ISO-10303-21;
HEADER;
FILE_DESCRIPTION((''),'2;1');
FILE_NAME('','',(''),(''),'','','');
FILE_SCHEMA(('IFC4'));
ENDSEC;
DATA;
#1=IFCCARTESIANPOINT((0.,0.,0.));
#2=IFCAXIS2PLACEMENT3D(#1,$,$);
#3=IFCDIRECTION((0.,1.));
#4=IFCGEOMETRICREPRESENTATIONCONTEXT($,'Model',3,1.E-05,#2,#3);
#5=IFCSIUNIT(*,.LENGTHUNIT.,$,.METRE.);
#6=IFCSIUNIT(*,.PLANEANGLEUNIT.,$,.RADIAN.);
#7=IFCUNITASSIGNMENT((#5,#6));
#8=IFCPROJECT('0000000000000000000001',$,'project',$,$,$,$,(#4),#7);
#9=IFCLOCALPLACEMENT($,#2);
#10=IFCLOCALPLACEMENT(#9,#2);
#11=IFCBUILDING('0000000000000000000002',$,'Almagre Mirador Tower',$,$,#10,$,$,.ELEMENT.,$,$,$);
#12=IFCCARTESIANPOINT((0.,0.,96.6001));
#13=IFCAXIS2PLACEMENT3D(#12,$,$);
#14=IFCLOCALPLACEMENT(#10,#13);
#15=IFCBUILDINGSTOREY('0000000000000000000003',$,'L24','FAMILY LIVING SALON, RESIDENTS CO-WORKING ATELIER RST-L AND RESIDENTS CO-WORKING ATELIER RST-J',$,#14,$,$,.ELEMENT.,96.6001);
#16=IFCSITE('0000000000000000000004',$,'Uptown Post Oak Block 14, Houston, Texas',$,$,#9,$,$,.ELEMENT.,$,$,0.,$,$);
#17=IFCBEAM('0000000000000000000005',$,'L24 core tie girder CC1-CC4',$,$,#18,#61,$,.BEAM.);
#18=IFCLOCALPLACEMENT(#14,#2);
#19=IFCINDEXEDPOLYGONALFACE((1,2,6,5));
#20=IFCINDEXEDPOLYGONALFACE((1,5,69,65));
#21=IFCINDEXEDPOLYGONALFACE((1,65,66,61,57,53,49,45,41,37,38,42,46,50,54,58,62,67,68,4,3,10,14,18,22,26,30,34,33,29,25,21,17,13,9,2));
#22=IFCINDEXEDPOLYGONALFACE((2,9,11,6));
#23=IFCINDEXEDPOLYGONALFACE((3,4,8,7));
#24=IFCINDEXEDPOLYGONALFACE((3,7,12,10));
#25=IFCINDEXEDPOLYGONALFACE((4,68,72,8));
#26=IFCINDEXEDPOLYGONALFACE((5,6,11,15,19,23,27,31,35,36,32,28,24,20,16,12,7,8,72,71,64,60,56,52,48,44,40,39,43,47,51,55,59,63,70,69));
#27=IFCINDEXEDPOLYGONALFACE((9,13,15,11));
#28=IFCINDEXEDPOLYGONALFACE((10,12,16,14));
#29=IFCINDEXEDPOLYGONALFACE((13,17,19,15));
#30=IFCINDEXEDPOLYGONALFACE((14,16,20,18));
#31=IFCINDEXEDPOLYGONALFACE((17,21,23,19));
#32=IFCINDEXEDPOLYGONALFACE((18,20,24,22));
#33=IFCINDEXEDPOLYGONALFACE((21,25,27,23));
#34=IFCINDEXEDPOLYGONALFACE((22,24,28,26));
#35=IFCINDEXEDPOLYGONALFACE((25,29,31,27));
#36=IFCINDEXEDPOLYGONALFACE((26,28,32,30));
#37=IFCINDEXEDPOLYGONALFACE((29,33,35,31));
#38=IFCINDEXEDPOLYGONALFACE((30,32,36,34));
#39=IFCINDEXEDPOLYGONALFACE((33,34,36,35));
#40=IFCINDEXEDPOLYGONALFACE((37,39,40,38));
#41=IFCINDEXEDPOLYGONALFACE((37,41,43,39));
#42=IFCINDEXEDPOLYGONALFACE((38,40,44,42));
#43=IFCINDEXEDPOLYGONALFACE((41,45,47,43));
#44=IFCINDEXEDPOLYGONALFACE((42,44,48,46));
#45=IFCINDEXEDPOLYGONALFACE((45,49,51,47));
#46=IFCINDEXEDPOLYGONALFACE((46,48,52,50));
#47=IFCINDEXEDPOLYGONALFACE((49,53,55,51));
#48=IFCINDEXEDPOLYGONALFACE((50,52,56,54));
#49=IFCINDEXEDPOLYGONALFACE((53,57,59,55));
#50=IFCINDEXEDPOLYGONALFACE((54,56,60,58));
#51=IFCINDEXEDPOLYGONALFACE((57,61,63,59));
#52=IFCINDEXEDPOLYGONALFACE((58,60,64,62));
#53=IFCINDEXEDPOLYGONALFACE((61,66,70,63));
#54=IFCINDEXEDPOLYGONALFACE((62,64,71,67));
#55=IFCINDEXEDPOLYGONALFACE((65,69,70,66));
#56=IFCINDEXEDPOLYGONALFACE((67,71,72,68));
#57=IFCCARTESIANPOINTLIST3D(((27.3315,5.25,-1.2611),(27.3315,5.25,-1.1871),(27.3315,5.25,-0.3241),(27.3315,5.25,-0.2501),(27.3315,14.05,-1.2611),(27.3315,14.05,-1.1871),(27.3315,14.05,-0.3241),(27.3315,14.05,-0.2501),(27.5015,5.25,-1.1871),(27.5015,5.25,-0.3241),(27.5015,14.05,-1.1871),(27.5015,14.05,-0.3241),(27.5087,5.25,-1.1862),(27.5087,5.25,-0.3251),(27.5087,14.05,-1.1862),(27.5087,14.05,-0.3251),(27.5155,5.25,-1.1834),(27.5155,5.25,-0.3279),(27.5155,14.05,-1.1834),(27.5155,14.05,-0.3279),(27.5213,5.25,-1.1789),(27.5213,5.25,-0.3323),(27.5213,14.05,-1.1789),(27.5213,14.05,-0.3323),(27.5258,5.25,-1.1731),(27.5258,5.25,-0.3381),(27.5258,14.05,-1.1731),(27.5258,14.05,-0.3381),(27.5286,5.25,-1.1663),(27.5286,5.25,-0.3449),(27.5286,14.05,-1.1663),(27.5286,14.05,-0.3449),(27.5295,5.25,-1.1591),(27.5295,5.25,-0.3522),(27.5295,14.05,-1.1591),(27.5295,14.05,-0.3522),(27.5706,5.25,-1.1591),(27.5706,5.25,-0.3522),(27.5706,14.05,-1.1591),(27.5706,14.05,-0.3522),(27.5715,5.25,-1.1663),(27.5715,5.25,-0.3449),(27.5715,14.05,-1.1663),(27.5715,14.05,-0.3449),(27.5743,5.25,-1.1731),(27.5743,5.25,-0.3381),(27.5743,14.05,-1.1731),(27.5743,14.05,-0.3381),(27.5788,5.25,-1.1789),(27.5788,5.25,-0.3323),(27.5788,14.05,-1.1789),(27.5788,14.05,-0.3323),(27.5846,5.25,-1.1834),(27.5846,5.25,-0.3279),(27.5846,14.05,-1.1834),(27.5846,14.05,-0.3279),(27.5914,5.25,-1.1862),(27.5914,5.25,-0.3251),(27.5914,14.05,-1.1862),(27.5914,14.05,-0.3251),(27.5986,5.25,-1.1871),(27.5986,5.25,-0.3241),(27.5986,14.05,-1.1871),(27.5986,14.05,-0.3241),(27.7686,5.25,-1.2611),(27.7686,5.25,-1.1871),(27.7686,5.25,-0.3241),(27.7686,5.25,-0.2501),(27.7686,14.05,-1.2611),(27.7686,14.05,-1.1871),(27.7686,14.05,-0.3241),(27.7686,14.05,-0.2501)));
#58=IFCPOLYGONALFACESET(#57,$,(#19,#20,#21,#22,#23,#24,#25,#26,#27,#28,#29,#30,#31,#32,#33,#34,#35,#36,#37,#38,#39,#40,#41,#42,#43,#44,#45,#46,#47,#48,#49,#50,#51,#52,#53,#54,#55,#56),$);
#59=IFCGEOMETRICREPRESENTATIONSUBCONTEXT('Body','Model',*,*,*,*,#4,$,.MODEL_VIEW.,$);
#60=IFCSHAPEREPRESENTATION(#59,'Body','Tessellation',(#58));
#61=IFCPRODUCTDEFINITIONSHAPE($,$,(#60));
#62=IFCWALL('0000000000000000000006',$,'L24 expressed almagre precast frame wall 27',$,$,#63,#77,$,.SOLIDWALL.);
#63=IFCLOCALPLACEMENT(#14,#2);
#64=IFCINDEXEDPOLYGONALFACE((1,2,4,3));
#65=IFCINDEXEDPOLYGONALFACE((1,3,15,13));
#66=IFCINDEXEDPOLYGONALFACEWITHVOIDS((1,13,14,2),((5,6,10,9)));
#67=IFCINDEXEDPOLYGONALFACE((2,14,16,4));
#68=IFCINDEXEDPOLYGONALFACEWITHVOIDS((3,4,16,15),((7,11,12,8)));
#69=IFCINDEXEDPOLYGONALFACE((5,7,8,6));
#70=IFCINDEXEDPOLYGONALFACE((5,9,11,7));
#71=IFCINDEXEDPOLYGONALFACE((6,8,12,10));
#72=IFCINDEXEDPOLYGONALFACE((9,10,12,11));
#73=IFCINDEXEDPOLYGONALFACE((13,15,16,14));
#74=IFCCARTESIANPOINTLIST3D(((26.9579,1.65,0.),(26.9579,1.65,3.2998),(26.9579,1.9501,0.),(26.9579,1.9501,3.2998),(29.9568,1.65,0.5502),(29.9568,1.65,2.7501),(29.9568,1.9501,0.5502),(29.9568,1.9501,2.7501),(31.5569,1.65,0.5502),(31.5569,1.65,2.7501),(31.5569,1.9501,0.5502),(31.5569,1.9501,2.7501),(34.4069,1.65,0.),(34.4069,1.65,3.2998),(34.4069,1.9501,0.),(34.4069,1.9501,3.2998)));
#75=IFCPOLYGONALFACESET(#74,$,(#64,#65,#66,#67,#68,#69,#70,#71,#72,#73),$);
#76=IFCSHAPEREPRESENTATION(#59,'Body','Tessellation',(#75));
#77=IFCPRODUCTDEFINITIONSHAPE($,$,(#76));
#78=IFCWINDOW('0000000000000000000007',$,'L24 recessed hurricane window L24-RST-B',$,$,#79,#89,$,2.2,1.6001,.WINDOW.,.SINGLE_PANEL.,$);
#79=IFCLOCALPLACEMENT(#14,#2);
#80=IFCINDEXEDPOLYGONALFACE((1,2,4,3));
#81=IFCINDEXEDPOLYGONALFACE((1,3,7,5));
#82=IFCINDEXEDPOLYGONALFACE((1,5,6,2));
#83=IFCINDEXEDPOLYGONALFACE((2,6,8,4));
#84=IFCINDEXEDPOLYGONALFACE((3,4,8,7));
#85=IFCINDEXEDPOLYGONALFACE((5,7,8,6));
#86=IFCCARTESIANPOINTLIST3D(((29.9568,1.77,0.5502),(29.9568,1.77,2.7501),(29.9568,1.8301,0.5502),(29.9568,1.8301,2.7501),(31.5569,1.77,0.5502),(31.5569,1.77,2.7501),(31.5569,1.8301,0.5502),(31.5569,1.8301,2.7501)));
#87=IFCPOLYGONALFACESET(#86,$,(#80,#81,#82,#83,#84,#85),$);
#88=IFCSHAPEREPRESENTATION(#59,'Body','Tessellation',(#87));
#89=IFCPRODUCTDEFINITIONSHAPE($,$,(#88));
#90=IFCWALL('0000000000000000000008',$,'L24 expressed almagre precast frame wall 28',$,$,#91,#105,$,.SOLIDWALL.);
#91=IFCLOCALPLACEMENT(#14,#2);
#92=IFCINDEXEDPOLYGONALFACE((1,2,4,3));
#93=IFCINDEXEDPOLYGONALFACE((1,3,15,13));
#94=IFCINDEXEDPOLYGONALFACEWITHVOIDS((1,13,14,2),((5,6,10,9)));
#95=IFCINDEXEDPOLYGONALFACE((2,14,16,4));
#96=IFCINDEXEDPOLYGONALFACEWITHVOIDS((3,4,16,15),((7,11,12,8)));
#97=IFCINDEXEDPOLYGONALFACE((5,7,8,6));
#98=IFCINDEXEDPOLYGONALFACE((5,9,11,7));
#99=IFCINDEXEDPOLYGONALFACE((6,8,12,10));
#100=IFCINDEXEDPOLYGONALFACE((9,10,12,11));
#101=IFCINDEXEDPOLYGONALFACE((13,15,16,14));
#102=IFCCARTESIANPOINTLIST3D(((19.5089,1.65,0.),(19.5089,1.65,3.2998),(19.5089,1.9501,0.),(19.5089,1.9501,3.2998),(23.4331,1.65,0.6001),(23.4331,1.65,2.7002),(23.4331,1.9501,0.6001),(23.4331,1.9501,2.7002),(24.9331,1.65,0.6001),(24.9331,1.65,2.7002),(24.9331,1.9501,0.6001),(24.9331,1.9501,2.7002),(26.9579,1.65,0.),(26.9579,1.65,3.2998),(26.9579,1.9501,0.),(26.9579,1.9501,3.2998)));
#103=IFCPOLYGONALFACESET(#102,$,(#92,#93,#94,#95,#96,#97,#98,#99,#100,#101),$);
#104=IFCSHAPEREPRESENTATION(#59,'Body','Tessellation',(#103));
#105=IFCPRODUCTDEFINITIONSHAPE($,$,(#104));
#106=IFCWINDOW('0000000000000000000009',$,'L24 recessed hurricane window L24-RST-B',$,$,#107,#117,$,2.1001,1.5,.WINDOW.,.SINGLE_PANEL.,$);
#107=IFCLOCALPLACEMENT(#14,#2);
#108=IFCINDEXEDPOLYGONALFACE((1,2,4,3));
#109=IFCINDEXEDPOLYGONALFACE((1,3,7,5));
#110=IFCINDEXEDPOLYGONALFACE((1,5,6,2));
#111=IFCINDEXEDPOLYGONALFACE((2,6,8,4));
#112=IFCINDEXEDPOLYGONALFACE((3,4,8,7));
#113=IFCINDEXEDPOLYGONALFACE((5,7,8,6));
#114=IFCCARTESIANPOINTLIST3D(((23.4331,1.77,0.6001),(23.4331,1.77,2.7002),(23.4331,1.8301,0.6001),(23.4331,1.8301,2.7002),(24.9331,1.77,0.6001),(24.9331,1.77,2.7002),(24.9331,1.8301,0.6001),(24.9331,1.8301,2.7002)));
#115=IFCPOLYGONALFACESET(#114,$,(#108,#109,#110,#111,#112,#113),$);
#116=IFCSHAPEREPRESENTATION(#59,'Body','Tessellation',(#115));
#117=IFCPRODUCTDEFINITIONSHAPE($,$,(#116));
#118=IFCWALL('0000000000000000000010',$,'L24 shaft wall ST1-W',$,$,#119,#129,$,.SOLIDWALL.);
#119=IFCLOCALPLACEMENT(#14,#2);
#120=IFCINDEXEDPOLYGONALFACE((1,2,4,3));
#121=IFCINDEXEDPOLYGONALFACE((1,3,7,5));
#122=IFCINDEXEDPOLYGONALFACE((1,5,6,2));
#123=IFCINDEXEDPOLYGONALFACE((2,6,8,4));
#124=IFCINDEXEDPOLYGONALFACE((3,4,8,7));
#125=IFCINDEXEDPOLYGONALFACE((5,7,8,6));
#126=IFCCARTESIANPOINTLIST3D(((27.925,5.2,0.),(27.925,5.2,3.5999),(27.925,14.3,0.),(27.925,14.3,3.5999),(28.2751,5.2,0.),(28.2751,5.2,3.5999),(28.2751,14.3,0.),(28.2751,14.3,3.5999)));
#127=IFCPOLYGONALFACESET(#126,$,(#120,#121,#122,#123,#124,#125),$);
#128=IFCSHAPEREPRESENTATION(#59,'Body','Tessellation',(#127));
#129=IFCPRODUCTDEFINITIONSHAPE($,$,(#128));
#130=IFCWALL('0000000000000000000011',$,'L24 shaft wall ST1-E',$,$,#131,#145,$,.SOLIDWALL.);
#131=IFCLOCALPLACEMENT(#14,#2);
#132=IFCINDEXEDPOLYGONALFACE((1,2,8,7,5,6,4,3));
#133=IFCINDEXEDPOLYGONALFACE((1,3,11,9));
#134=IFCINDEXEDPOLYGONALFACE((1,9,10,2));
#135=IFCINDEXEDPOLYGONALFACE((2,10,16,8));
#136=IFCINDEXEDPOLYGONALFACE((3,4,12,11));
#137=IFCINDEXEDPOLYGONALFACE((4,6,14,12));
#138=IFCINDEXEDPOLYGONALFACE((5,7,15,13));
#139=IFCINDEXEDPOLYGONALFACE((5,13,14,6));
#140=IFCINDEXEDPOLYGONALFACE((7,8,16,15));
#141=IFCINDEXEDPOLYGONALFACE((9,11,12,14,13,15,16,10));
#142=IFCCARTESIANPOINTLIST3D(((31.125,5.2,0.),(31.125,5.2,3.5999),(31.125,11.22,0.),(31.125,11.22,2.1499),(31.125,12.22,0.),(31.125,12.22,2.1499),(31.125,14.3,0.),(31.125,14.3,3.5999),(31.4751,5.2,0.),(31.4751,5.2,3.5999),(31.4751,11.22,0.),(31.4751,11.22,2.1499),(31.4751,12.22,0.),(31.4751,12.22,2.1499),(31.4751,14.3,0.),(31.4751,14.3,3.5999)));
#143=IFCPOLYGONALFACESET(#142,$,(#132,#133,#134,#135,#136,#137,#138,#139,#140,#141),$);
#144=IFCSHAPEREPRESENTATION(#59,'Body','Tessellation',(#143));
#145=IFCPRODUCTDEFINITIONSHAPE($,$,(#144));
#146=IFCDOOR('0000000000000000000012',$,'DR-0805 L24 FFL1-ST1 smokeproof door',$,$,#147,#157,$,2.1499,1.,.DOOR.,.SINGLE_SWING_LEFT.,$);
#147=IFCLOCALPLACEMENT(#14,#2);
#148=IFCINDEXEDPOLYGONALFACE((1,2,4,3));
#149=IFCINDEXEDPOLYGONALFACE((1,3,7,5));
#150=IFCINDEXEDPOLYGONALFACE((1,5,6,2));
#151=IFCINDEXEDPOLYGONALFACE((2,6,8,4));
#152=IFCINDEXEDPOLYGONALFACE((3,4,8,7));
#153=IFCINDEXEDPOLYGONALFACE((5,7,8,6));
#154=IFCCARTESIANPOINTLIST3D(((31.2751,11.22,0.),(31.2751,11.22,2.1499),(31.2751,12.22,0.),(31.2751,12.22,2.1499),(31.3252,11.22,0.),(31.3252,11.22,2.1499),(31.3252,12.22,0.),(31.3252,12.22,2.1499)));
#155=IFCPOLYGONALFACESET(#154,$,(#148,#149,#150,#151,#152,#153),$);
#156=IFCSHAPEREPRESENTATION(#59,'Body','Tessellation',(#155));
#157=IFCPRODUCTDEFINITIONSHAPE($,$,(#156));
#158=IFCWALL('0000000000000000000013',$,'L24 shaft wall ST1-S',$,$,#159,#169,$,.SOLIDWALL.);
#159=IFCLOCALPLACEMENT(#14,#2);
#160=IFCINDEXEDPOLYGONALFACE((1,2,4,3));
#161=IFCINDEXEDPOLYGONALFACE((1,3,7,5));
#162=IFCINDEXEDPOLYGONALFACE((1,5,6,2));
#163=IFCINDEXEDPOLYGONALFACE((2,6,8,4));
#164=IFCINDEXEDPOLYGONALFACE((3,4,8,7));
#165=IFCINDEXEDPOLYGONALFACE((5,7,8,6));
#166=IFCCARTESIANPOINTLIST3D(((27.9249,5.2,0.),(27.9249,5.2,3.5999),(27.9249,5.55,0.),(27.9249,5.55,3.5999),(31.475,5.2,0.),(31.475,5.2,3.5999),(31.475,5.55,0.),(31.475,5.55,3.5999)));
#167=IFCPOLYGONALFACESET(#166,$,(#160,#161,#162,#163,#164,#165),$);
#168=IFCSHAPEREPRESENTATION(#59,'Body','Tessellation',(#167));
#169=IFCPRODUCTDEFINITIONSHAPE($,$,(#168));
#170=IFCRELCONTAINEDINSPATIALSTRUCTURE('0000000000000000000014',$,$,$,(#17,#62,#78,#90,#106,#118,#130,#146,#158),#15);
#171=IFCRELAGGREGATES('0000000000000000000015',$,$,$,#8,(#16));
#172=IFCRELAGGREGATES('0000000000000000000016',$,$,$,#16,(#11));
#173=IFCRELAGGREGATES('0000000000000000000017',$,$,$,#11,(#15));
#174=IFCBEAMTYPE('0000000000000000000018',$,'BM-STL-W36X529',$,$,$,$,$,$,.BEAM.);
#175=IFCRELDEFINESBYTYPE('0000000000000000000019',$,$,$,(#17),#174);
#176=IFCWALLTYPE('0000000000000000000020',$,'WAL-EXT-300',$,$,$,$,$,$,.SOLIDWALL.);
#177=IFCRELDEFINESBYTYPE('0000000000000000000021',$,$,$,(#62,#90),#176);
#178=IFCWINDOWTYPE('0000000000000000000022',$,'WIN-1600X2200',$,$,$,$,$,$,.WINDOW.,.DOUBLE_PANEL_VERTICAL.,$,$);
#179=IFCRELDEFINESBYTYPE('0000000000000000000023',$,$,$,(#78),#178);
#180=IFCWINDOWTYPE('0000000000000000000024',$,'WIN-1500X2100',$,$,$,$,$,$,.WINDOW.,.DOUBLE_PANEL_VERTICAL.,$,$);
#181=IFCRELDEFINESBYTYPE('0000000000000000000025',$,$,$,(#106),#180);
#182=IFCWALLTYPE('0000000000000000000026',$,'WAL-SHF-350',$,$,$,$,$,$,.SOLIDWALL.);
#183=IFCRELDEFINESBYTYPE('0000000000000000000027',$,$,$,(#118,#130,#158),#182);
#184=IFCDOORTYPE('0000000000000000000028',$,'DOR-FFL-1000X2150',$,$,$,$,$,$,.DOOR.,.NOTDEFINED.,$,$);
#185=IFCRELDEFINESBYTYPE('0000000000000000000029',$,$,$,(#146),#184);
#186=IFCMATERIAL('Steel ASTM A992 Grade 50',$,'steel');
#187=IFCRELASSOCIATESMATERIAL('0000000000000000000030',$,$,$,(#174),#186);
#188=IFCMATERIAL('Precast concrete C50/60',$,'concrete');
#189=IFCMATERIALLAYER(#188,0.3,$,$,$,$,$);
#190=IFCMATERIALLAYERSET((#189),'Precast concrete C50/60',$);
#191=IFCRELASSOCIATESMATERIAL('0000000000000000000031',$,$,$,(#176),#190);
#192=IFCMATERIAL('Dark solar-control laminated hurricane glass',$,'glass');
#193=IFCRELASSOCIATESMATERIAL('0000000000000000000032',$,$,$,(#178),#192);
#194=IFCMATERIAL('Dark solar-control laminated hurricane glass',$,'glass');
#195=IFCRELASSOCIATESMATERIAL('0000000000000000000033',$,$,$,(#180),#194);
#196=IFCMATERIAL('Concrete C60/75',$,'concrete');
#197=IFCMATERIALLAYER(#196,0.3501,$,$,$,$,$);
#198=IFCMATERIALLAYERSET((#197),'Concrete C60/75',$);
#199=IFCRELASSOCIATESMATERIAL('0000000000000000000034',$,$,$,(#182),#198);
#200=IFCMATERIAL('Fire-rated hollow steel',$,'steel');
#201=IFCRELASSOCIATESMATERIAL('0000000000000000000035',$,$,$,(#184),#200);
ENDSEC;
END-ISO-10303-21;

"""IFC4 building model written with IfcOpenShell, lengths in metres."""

from ifc_helpers import new_model, si_unit, direction, frame, frame_2d, origin, origin_2d, place, context, subcontext, project, spatial, rectangle, i_section, extrude, material, layer, layer_set, material_profile, profile_set, type_object, element, fill, save


model = new_model("IFC4")

# Units and contexts
model_context = context("Model", 3, precision=1e-05, world=origin(), true_north=direction((0.0, 1.0)))
body_context = subcontext(model_context, "Body", "Model", "MODEL_VIEW")
ifc_project = project(units=[si_unit("LENGTHUNIT", "METRE"), si_unit("PLANEANGLEUNIT", "RADIAN")], contexts=[model_context])

# Site, building, storey
site_placement = place(None, origin())
site = spatial("IfcSite", under=ifc_project, at=site_placement, Name="Uptown Post Oak Block 14, Houston, Texas", CompositionType="ELEMENT", RefElevation=0.0)
building_placement = place(site_placement, origin())
building = spatial("IfcBuilding", under=site, at=building_placement, Name="Almagre Mirador Tower", CompositionType="ELEMENT")
storey_placement = place(building_placement, frame((0.0, 0.0, 96.6001)))
storey = spatial("IfcBuildingStorey", under=building, at=storey_placement, Name="L24", Description="FAMILY LIVING SALON, RESIDENTS CO-WORKING ATELIER RST-L AND RESIDENTS CO-WORKING ATELIER RST-J", CompositionType="ELEMENT", Elevation=96.6001)

# Beam
ifc_material_1 = material(Name="Steel ASTM A992 Grade 50", Category="steel")
ifc_material_profile_1 = material_profile(ifc_material_1, i_section(OverallWidth=0.437, OverallDepth=1.011, WebThickness=0.041, FlangeThickness=0.074, FilletRadius=0.0281, at=origin_2d()), Name="W36X529")
ifc_profile_set_1 = profile_set([ifc_material_profile_1], Name="Steel ASTM A992 Grade 50")
beam_type_1 = type_object("IfcBeamType", Name="BM-STL-W36X529", PredefinedType="BEAM", material=ifc_profile_set_1)
beam_1_placement = place(storey_placement, frame((27.55, 5.25, -0.7556), z_axis=(0.0, 1.0, 0.0), x_axis=(-1.0, 0.0, 0.0)))
element("IfcBeam", 1, at=beam_1_placement, inside=storey, type_object=beam_type_1, Name="L24 core tie girder CC1-CC4", PredefinedType="BEAM", context=body_context, shape_type="SweptSolid", body=[
    extrude(i_section(OverallWidth=0.437, OverallDepth=1.011, WebThickness=0.041, FlangeThickness=0.074, FilletRadius=0.0281, at=origin_2d()), origin(), (0.0, 0.0, 1.0), 8.8),
])

# Walls, openings, windows
ifc_material_2 = material(Name="Precast concrete C50/60", Category="concrete")
ifc_layer_1 = layer(ifc_material_2, 0.3)
ifc_layer_set_1 = layer_set([ifc_layer_1], Name="Precast concrete C50/60")
wall_type_1 = type_object("IfcWallType", Name="WAL-EXT-300", PredefinedType="SOLIDWALL", material=ifc_layer_set_1)
wall_1_placement = place(storey_placement, frame((34.407, 1.8, 0.0), z_axis=(0.0, 0.0, 1.0), x_axis=(-1.0, 0.0, 0.0)))
wall_1 = element("IfcWall", 2, at=wall_1_placement, inside=storey, type_object=wall_type_1, Name="L24 expressed almagre precast frame wall 27", PredefinedType="SOLIDWALL", context=body_context, shape_type="SweptSolid", body=[
    extrude(rectangle(XDim=7.449, YDim=0.3, at=frame_2d((3.7246, 0.0))), origin(), (0.0, 0.0, 1.0), 3.2998),
])
opening_1_placement = place(wall_1_placement, frame((2.8501, 0.0, 0.55)))
opening_1 = element("IfcOpeningElement", 3, at=opening_1_placement, cuts=wall_1, PredefinedType="OPENING", context=body_context, shape_type="SweptSolid", body=[
    extrude(rectangle(XDim=1.6001, YDim=2.2, at=frame_2d((0.8, 1.1001))), frame((0.0, 0.1599, 0.0), z_axis=(0.0, -1.0, 0.0), x_axis=(1.0, 0.0, 0.0)), (0.0, 0.0, 1.0), 0.32),
])
ifc_material_3 = material(Name="Dark solar-control laminated hurricane glass", Category="glass")
window_type_1 = type_object("IfcWindowType", Name="WIN-1600X2200", PartitioningType="DOUBLE_PANEL_VERTICAL", PredefinedType="WINDOW", material=ifc_material_3)
window_1_placement = place(opening_1_placement, origin())
window_1 = element("IfcWindow", 4, at=window_1_placement, inside=storey, type_object=window_type_1, Name="L24 recessed hurricane window L24-RST-B", OverallHeight=2.2, OverallWidth=1.6001, PartitioningType="SINGLE_PANEL", PredefinedType="WINDOW", context=body_context, shape_type="SweptSolid", body=[
    extrude(rectangle(XDim=1.6001, YDim=2.2, at=frame_2d((0.8, 1.1001))), frame((0.0, 0.03, 0.0), z_axis=(0.0, -1.0, 0.0), x_axis=(1.0, 0.0, 0.0)), (0.0, 0.0, 1.0), 0.0601),
])
fill(opening_1, window_1)
wall_2_placement = place(storey_placement, frame((26.958, 1.8, 0.0), z_axis=(0.0, 0.0, 1.0), x_axis=(-1.0, 0.0, 0.0)))
wall_2 = element("IfcWall", 5, at=wall_2_placement, inside=storey, type_object=wall_type_1, Name="L24 expressed almagre precast frame wall 28", PredefinedType="SOLIDWALL", context=body_context, shape_type="SweptSolid", body=[
    extrude(rectangle(XDim=7.449, YDim=0.3, at=frame_2d((3.7246, 0.0))), origin(), (0.0, 0.0, 1.0), 3.2998),
])
opening_2_placement = place(wall_2_placement, frame((2.0249, 0.0, 0.6001)))
opening_2 = element("IfcOpeningElement", 6, at=opening_2_placement, cuts=wall_2, PredefinedType="OPENING", context=body_context, shape_type="SweptSolid", body=[
    extrude(rectangle(XDim=1.5, YDim=2.1001, at=frame_2d((0.75, 1.05))), frame((0.0, 0.1599, 0.0), z_axis=(0.0, -1.0, 0.0), x_axis=(1.0, 0.0, 0.0)), (0.0, 0.0, 1.0), 0.32),
])
ifc_material_4 = material(Name="Dark solar-control laminated hurricane glass", Category="glass")
window_type_2 = type_object("IfcWindowType", Name="WIN-1500X2100", PartitioningType="DOUBLE_PANEL_VERTICAL", PredefinedType="WINDOW", material=ifc_material_4)
window_2_placement = place(opening_2_placement, origin())
window_2 = element("IfcWindow", 7, at=window_2_placement, inside=storey, type_object=window_type_2, Name="L24 recessed hurricane window L24-RST-B", OverallHeight=2.1001, OverallWidth=1.5, PartitioningType="SINGLE_PANEL", PredefinedType="WINDOW", context=body_context, shape_type="SweptSolid", body=[
    extrude(rectangle(XDim=1.5, YDim=2.1001, at=frame_2d((0.75, 1.05))), frame((0.0, 0.03, 0.0), z_axis=(0.0, -1.0, 0.0), x_axis=(1.0, 0.0, 0.0)), (0.0, 0.0, 1.0), 0.0601),
])
fill(opening_2, window_2)

# Wall
ifc_material_5 = material(Name="Concrete C60/75", Category="concrete")
ifc_layer_2 = layer(ifc_material_5, 0.3501)
ifc_layer_set_2 = layer_set([ifc_layer_2], Name="Concrete C60/75")
wall_type_2 = type_object("IfcWallType", Name="WAL-SHF-350", PredefinedType="SOLIDWALL", material=ifc_layer_set_2)
wall_3_placement = place(storey_placement, frame((28.1001, 5.2, 0.0), z_axis=(0.0, 0.0, 1.0), x_axis=(0.0, 1.0, 0.0)))
element("IfcWall", 8, at=wall_3_placement, inside=storey, type_object=wall_type_2, Name="L24 shaft wall ST1-W", PredefinedType="SOLIDWALL", context=body_context, shape_type="SweptSolid", body=[
    extrude(rectangle(XDim=9.1001, YDim=0.3501, at=frame_2d((4.55, 0.0))), origin(), (0.0, 0.0, 1.0), 3.5999),
])

# Wall, opening, door
wall_4_placement = place(storey_placement, frame((31.3, 5.2, 0.0), z_axis=(0.0, 0.0, 1.0), x_axis=(0.0, 1.0, 0.0)))
wall_4 = element("IfcWall", 9, at=wall_4_placement, inside=storey, type_object=wall_type_2, Name="L24 shaft wall ST1-E", PredefinedType="SOLIDWALL", context=body_context, shape_type="SweptSolid", body=[
    extrude(rectangle(XDim=9.1001, YDim=0.3501, at=frame_2d((4.55, 0.0))), origin(), (0.0, 0.0, 1.0), 3.5999),
])
opening_3_placement = place(wall_4_placement, frame((6.02, 0.0, 0.0)))
opening_3 = element("IfcOpeningElement", 10, at=opening_3_placement, cuts=wall_4, PredefinedType="OPENING", context=body_context, shape_type="SweptSolid", body=[
    extrude(rectangle(XDim=1.0, YDim=2.1499, at=frame_2d((0.5, 1.075))), frame((0.0, 0.185, 0.0), z_axis=(0.0, -1.0, 0.0), x_axis=(1.0, 0.0, 0.0)), (0.0, 0.0, 1.0), 0.3701),
])
ifc_material_6 = material(Name="Fire-rated hollow steel", Category="steel")
door_type_1 = type_object("IfcDoorType", Name="DOR-FFL-1000X2150", OperationType="NOTDEFINED", PredefinedType="DOOR", material=ifc_material_6)
door_1_placement = place(opening_3_placement, origin())
door_1 = element("IfcDoor", 11, at=door_1_placement, inside=storey, type_object=door_type_1, Name="DR-0805 L24 FFL1-ST1 smokeproof door", OperationType="SINGLE_SWING_LEFT", OverallHeight=2.1499, OverallWidth=1.0, PredefinedType="DOOR", context=body_context, shape_type="SweptSolid", body=[
    extrude(rectangle(XDim=1.0, YDim=2.1499, at=frame_2d((0.5, 1.075))), frame((0.0, 0.0249, 0.0), z_axis=(0.0, -1.0, 0.0), x_axis=(1.0, 0.0, 0.0)), (0.0, 0.0, 1.0), 0.05),
])
fill(opening_3, door_1)

# Wall
wall_5_placement = place(storey_placement, frame((27.925, 5.375, 0.0), z_axis=(0.0, 0.0, 1.0), x_axis=(1.0, 0.0, 0.0)))
element("IfcWall", 12, at=wall_5_placement, inside=storey, type_object=wall_type_2, Name="L24 shaft wall ST1-S", PredefinedType="SOLIDWALL", context=body_context, shape_type="SweptSolid", body=[
    extrude(rectangle(XDim=3.55, YDim=0.3501, at=frame_2d((1.7749, 0.0))), origin(), (0.0, 0.0, 1.0), 3.5999),
])

save(model, "model.ifc")
